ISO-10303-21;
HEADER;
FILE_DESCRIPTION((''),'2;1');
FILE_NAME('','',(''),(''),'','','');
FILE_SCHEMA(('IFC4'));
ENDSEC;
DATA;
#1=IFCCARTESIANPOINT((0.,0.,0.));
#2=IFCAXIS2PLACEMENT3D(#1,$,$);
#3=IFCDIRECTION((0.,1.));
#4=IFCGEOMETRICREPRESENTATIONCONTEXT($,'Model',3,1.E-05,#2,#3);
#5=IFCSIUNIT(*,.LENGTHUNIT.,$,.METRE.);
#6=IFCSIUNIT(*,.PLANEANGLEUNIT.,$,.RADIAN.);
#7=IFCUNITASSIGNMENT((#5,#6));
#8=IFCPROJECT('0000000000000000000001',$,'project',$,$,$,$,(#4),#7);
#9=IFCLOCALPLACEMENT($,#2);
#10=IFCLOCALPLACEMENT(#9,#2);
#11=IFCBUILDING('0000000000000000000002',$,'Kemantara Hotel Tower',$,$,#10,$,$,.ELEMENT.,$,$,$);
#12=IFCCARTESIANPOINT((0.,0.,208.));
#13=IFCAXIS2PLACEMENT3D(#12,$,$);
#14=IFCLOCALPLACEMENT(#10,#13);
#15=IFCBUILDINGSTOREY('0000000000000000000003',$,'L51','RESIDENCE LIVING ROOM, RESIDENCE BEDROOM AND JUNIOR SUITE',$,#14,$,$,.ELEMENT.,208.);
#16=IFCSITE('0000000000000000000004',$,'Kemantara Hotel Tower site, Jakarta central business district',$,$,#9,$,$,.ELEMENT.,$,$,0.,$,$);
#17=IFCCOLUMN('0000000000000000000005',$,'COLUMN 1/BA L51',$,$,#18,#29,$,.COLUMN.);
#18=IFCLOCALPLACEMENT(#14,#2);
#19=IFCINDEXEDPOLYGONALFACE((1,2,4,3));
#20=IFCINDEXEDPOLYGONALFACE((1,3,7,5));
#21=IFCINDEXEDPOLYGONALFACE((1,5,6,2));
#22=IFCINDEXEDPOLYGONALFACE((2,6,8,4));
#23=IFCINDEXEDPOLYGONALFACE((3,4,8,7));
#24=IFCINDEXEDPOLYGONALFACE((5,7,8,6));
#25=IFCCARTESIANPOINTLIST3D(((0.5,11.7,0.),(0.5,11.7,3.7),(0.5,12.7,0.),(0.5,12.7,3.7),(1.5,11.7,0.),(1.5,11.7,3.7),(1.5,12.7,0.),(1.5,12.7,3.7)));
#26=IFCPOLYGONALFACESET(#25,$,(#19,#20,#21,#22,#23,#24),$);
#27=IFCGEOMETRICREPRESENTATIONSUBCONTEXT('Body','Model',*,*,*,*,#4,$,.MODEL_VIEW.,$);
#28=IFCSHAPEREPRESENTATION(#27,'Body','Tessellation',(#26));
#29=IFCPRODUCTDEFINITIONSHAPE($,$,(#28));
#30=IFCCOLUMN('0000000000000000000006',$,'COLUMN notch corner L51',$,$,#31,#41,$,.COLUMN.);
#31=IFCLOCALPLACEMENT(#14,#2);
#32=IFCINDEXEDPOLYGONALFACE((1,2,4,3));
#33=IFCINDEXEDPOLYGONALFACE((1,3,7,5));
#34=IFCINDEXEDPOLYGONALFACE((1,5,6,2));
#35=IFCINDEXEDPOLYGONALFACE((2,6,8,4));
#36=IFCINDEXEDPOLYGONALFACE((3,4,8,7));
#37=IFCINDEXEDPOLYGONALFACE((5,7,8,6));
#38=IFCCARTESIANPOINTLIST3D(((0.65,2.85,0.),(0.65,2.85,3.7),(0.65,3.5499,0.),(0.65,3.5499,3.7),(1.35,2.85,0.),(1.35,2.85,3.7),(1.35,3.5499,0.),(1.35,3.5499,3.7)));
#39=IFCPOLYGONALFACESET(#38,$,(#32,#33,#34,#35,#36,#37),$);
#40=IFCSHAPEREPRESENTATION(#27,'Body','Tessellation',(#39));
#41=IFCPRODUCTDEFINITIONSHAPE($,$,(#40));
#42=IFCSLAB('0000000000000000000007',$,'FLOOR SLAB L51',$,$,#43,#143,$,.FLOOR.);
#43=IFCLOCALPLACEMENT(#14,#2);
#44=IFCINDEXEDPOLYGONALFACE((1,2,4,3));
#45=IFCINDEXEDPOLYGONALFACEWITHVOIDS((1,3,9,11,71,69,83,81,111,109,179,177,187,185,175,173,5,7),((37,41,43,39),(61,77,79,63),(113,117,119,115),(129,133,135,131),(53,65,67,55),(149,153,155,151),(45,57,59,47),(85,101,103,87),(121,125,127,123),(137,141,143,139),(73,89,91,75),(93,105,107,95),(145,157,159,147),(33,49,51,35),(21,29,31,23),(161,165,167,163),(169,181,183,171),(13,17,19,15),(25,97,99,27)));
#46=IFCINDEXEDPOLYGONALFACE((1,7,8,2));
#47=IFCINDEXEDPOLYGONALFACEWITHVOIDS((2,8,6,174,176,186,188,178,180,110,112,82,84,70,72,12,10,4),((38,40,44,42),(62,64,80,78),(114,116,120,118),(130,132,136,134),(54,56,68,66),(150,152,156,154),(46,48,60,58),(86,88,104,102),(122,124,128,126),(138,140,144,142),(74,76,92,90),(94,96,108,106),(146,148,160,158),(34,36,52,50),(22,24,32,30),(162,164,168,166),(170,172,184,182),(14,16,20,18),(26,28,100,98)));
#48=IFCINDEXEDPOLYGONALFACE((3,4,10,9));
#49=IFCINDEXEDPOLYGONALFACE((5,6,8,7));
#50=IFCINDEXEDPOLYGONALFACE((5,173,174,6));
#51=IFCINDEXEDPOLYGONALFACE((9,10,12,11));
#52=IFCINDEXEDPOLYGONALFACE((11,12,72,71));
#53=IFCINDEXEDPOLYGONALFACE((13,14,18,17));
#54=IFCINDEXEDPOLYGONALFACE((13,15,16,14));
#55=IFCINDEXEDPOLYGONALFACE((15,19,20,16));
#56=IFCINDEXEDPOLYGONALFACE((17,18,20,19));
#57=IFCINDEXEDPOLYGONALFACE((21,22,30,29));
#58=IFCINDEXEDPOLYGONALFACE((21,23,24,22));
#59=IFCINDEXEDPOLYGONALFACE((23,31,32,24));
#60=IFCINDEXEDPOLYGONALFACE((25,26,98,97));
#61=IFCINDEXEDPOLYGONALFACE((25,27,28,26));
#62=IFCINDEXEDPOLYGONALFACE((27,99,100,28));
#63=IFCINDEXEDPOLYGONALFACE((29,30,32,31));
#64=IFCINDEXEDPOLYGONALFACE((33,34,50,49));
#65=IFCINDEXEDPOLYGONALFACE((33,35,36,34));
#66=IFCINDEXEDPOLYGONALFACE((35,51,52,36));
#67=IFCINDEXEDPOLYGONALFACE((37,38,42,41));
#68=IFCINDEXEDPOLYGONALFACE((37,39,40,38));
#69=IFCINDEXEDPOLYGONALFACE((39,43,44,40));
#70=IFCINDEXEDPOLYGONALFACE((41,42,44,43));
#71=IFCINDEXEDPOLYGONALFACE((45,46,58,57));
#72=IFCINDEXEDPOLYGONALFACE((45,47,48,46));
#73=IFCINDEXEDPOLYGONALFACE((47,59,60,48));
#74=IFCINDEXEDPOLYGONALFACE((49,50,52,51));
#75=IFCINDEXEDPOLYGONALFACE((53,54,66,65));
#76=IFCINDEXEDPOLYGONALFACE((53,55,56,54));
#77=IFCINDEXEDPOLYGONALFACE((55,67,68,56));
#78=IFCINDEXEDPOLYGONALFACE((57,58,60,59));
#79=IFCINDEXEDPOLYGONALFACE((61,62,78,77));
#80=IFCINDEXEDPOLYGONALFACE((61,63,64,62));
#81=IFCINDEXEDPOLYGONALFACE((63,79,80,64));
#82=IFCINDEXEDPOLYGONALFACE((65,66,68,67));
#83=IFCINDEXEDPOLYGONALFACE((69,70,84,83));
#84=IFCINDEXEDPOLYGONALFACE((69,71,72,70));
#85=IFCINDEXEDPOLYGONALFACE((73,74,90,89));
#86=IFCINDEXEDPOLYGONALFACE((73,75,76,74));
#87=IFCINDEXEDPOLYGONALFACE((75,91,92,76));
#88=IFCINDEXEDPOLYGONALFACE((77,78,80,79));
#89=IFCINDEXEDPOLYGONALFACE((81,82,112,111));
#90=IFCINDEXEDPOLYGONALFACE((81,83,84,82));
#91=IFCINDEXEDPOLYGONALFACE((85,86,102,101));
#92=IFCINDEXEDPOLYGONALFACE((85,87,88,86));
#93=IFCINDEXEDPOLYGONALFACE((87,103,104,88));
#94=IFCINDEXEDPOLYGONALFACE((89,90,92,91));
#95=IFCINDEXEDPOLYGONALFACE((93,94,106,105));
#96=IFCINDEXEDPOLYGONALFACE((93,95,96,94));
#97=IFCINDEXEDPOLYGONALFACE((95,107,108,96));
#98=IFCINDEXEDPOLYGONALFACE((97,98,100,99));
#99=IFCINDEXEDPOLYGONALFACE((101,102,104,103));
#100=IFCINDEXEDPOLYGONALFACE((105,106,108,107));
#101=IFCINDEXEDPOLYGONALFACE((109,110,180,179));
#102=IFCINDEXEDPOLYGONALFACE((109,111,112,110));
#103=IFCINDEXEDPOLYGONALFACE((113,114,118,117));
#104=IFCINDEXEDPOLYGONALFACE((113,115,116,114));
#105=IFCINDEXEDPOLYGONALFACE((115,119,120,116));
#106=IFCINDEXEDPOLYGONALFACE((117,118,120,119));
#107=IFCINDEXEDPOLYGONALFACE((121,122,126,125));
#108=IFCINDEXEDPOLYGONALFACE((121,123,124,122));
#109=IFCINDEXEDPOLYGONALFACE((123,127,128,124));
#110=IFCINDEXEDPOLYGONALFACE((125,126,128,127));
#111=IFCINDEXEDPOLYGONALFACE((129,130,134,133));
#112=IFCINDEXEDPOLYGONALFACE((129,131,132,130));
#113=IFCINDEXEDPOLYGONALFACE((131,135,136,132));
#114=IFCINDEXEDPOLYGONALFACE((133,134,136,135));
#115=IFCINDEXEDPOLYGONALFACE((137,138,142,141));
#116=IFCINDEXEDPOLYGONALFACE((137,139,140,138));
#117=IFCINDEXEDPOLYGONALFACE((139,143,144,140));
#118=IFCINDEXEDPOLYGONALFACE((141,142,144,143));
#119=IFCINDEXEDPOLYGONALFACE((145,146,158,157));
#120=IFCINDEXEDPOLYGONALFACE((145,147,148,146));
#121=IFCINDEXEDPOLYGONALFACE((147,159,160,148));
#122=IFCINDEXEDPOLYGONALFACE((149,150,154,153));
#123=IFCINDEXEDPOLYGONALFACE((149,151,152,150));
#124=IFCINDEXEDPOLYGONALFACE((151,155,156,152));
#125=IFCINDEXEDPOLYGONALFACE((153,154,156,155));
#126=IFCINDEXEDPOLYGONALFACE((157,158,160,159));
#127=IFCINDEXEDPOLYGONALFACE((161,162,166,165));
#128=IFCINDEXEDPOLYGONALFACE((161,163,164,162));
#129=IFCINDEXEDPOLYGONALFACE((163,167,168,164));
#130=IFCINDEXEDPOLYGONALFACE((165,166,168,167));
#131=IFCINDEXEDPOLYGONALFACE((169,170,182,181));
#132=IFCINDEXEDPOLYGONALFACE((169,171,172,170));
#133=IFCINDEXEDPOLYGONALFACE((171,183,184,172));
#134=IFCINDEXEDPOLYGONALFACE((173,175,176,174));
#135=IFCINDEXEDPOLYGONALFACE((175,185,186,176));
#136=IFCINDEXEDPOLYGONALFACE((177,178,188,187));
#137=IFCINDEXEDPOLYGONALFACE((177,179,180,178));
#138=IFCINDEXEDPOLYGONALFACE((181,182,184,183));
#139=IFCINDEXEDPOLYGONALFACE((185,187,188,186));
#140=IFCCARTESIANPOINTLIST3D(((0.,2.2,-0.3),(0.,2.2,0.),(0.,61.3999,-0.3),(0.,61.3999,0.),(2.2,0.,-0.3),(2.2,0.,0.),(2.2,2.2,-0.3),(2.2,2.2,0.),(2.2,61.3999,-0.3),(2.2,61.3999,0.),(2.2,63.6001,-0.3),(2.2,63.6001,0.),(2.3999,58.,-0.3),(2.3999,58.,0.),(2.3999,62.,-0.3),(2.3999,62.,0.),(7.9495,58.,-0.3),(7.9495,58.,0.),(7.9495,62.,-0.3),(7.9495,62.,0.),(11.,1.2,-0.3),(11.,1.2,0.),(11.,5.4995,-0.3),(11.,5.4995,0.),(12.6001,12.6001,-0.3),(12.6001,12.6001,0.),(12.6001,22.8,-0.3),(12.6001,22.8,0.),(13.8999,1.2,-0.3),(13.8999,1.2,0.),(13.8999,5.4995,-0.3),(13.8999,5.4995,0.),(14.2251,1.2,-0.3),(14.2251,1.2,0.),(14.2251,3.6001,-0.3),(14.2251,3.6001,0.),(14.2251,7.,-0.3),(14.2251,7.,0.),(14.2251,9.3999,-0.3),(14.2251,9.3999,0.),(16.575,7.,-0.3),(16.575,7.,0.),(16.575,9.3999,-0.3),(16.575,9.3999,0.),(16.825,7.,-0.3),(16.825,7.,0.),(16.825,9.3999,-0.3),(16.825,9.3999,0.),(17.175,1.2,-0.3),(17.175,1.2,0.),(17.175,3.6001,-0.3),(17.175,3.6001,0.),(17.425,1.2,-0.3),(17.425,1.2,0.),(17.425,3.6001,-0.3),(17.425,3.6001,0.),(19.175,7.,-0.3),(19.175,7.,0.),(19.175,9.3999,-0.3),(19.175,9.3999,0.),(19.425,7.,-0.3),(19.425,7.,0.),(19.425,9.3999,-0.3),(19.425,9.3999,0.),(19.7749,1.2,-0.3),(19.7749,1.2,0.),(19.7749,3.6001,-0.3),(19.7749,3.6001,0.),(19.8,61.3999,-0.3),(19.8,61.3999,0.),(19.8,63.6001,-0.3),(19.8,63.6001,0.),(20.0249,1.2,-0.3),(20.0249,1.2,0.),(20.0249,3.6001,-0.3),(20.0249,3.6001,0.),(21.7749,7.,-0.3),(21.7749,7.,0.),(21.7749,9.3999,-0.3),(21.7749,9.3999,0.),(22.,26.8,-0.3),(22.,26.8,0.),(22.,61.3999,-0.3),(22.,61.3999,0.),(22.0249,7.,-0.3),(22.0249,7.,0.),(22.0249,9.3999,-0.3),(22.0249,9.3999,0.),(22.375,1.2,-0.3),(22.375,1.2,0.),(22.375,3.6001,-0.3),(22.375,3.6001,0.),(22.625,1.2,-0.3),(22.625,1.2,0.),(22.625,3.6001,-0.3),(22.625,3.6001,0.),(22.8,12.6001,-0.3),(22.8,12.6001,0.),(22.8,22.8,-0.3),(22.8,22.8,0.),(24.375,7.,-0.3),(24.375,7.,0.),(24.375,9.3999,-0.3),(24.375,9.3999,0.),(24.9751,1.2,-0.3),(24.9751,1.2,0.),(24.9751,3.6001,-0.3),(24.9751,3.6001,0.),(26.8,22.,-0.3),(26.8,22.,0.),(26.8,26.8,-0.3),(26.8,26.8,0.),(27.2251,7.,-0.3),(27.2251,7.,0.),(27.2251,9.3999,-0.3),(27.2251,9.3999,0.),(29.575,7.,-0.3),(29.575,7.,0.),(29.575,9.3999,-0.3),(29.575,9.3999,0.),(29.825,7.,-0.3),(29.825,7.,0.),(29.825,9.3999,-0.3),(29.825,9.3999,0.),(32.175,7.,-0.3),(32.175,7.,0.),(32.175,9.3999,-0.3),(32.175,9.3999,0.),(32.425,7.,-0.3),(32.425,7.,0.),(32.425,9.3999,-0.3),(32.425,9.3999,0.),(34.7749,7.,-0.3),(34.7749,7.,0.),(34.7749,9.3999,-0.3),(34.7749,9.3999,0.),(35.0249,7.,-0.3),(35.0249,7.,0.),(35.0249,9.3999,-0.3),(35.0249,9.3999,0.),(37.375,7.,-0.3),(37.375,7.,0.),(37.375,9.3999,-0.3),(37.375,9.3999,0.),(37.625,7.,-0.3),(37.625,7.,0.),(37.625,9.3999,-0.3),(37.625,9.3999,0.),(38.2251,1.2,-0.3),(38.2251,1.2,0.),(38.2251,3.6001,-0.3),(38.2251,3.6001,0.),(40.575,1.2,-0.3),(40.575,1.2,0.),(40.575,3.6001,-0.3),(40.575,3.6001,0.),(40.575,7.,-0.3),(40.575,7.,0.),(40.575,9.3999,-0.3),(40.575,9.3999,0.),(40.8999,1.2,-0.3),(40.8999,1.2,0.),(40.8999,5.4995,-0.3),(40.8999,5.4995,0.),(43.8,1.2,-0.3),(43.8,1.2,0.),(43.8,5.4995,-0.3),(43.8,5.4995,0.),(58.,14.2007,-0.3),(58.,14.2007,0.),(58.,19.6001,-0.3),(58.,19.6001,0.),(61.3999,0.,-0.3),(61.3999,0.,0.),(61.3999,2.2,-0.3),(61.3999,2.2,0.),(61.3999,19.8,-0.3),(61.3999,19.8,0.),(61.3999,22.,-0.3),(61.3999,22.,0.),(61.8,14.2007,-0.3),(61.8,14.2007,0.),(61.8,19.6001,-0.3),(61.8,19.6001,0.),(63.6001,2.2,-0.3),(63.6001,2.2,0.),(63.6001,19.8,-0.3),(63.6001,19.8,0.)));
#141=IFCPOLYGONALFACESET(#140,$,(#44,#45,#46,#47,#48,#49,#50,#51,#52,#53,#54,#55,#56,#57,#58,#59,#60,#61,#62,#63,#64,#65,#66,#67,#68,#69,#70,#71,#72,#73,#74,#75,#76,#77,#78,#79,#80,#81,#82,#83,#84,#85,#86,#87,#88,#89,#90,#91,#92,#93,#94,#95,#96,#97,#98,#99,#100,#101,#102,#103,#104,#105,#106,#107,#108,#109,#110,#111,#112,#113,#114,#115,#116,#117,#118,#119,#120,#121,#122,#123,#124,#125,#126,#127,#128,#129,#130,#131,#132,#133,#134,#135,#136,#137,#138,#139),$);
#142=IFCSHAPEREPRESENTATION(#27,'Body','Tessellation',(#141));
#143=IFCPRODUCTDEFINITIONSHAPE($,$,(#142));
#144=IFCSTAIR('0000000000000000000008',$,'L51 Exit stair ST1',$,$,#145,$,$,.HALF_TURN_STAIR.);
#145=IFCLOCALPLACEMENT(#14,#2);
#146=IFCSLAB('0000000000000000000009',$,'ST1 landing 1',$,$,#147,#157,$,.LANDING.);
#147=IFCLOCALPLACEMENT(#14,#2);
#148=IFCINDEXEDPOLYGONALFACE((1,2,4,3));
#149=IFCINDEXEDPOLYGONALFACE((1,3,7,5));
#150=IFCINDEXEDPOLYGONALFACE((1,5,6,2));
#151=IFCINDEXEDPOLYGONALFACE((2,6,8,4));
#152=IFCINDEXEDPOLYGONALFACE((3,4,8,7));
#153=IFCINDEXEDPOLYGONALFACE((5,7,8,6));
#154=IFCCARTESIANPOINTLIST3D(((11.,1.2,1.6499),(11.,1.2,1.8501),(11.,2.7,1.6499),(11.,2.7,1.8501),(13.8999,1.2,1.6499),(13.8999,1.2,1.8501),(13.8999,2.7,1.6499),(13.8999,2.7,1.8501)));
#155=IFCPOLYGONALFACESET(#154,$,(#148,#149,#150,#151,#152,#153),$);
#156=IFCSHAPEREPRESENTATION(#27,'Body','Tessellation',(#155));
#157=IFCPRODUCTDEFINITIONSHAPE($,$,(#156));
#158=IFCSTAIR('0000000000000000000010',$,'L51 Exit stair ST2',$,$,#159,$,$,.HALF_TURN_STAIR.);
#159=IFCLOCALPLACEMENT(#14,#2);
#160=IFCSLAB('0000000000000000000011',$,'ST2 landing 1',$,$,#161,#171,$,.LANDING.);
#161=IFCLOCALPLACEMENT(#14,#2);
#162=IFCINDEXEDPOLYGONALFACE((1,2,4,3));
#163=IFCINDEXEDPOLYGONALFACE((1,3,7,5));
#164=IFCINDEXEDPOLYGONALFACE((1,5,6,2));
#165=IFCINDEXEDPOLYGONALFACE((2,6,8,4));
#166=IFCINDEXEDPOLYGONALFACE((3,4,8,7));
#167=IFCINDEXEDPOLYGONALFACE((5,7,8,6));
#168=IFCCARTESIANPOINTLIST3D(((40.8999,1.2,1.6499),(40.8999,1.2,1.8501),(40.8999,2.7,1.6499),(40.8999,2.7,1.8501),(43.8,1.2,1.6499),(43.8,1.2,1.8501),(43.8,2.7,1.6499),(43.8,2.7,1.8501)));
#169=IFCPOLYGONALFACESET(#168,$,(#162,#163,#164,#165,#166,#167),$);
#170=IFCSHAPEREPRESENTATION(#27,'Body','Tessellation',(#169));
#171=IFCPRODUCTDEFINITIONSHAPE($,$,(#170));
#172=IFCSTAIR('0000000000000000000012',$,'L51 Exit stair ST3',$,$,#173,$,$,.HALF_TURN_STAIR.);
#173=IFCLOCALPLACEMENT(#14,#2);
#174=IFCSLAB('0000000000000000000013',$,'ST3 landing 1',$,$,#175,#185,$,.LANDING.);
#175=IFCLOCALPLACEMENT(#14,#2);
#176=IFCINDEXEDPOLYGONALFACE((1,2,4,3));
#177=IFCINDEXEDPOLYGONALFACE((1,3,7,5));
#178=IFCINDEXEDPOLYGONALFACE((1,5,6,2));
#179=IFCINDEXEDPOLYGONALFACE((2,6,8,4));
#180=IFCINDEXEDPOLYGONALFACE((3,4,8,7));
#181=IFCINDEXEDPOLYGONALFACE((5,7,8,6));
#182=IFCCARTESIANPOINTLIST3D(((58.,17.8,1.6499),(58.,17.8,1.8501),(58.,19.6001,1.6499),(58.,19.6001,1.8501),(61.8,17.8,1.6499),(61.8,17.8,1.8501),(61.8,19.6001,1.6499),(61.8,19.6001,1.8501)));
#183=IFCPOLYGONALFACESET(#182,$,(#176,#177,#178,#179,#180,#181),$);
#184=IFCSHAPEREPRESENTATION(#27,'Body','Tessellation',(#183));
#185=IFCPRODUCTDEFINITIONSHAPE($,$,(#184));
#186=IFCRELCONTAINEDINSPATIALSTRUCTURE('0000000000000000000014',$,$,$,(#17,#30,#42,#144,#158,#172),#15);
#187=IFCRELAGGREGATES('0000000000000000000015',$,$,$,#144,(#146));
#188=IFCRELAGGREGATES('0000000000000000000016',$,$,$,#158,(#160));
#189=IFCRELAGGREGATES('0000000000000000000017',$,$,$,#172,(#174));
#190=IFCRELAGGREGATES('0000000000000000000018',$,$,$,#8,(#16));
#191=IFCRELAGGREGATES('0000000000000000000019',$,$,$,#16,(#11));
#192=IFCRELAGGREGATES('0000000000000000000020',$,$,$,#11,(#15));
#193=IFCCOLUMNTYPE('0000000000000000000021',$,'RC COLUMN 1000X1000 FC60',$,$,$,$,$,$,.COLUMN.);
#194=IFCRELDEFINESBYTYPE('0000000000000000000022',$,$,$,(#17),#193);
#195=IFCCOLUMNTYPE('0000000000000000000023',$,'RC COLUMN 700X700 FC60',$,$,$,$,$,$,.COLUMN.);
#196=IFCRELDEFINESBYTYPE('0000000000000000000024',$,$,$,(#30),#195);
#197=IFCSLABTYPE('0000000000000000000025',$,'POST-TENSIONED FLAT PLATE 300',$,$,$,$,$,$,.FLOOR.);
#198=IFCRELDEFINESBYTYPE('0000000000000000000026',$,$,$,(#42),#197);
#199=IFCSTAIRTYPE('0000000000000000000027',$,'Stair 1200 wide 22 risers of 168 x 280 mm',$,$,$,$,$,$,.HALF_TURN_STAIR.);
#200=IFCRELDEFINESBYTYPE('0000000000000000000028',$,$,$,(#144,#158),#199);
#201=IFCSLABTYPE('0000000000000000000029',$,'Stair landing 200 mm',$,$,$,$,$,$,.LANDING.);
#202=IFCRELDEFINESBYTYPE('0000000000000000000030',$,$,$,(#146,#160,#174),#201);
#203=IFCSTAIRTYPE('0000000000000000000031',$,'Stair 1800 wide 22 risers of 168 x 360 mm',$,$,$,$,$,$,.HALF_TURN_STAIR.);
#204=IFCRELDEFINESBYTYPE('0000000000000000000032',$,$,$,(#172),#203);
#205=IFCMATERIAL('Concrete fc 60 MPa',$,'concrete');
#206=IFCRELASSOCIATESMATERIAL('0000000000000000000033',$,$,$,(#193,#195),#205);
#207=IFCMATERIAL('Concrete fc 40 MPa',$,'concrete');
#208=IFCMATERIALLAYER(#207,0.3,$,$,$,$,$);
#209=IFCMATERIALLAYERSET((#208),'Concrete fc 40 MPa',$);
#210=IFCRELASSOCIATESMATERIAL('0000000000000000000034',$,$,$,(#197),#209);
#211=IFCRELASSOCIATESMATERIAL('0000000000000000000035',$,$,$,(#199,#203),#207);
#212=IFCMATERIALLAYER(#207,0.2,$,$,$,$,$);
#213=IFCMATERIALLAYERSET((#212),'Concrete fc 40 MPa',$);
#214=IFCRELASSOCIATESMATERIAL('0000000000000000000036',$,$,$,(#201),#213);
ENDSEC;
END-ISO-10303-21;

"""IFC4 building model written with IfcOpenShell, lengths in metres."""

from ifc_helpers import new_model, si_unit, direction, frame, origin, origin_2d, place, context, subcontext, project, spatial, polyline, rectangle, outline, extrude, material, layer, layer_set, material_profile, profile_set, type_object, element, aggregate, save


model = new_model("IFC4")

# Units and contexts
model_context = context("Model", 3, precision=1e-05, world=origin(), true_north=direction((0.0, 1.0)))
body_context = subcontext(model_context, "Body", "Model", "MODEL_VIEW")
ifc_project = project(units=[si_unit("LENGTHUNIT", "METRE"), si_unit("PLANEANGLEUNIT", "RADIAN")], contexts=[model_context])

# Site, building, storey
site_placement = place(None, origin())
site = spatial("IfcSite", under=ifc_project, at=site_placement, Name="Kemantara Hotel Tower site, Jakarta central business district", CompositionType="ELEMENT", RefElevation=0.0)
building_placement = place(site_placement, origin())
building = spatial("IfcBuilding", under=site, at=building_placement, Name="Kemantara Hotel Tower", CompositionType="ELEMENT")
storey_placement = place(building_placement, frame((0.0, 0.0, 208.0)))
storey = spatial("IfcBuildingStorey", under=building, at=storey_placement, Name="L51", Description="RESIDENCE LIVING ROOM, RESIDENCE BEDROOM AND JUNIOR SUITE", CompositionType="ELEMENT", Elevation=208.0)

# Columns
ifc_material_1 = material(Name="Concrete fc 60 MPa", Category="concrete")
ifc_material_profile_1 = material_profile(ifc_material_1, rectangle(XDim=1.0, YDim=1.0, at=origin_2d()), Name="RC 1000X1000")
ifc_profile_set_1 = profile_set([ifc_material_profile_1], Name="Concrete fc 60 MPa")
column_type_1 = type_object("IfcColumnType", Name="RC COLUMN 1000X1000 FC60", PredefinedType="COLUMN", material=ifc_profile_set_1)
column_1_placement = place(storey_placement, frame((1.0, 12.2, 0.0), z_axis=(0.0, 0.0, 1.0), x_axis=(1.0, 0.0, 0.0)))
element("IfcColumn", 1, at=column_1_placement, inside=storey, type_object=column_type_1, Name="COLUMN 1/BA L51", PredefinedType="COLUMN", context=body_context, shape_type="SweptSolid", body=[
    extrude(rectangle(XDim=1.0, YDim=1.0, at=origin_2d()), origin(), (0.0, 0.0, 1.0), 3.7),
])
ifc_material_profile_2 = material_profile(ifc_material_1, rectangle(XDim=0.7, YDim=0.7, at=origin_2d()), Name="RC 700X700")
ifc_profile_set_2 = profile_set([ifc_material_profile_2], Name="Concrete fc 60 MPa")
column_type_2 = type_object("IfcColumnType", Name="RC COLUMN 700X700 FC60", PredefinedType="COLUMN", material=ifc_profile_set_2)
column_2_placement = place(storey_placement, frame((1.0, 3.2, 0.0), z_axis=(0.0, 0.0, 1.0), x_axis=(1.0, 0.0, 0.0)))
element("IfcColumn", 2, at=column_2_placement, inside=storey, type_object=column_type_2, Name="COLUMN notch corner L51", PredefinedType="COLUMN", context=body_context, shape_type="SweptSolid", body=[
    extrude(rectangle(XDim=0.7, YDim=0.7, at=origin_2d()), origin(), (0.0, 0.0, 1.0), 3.7),
])

# Slab
ifc_material_2 = material(Name="Concrete fc 40 MPa", Category="concrete")
ifc_layer_1 = layer(ifc_material_2, 0.3)
ifc_layer_set_1 = layer_set([ifc_layer_1], Name="Concrete fc 40 MPa")
slab_type_1 = type_object("IfcSlabType", Name="POST-TENSIONED FLAT PLATE 300", PredefinedType="FLOOR", material=ifc_layer_set_1)
slab_1_placement = place(storey_placement, frame((0.0, 0.0, -0.3)))
element("IfcSlab", 3, at=slab_1_placement, inside=storey, type_object=slab_type_1, Name="FLOOR SLAB L51", PredefinedType="FLOOR", context=body_context, shape_type="SweptSolid", body=[
    extrude(outline(polyline([(22.0, 26.8), (22.0, 61.3999), (19.8, 61.3999), (19.8, 63.6001), (2.2, 63.6001), (2.2, 61.3999), (0.0, 61.3999), (0.0, 2.2), (2.2, 2.2), (2.2, 0.0), (61.3999, 0.0), (61.3999, 2.2), (63.6001, 2.2), (63.6001, 19.8), (61.3999, 19.8), (61.3999, 22.0), (26.8, 22.0), (26.8, 26.8), (22.0, 26.8)]), holes=[polyline([(17.175, 1.2), (14.2251, 1.2), (14.2251, 3.6001), (17.175, 3.6001), (17.175, 1.2)]), polyline([(19.7749, 1.2), (17.425, 1.2), (17.425, 3.6001), (19.7749, 3.6001), (19.7749, 1.2)]), polyline([(22.375, 1.2), (20.0249, 1.2), (20.0249, 3.6001), (22.375, 3.6001), (22.375, 1.2)]), polyline([(11.0, 1.2), (11.0, 5.4995), (13.8999, 5.4995), (13.8999, 1.2), (11.0, 1.2)]), polyline([(16.575, 7.0), (14.2251, 7.0), (14.2251, 9.3999), (16.575, 9.3999), (16.575, 7.0)]), polyline([(19.175, 7.0), (16.825, 7.0), (16.825, 9.3999), (19.175, 9.3999), (19.175, 7.0)]), polyline([(21.7749, 7.0), (19.425, 7.0), (19.425, 9.3999), (21.7749, 9.3999), (21.7749, 7.0)]), polyline([(22.0249, 7.0), (22.0249, 9.3999), (24.375, 9.3999), (24.375, 7.0), (22.0249, 7.0)]), polyline([(12.6001, 12.6001), (12.6001, 22.8), (22.8, 22.8), (22.8, 12.6001), (12.6001, 12.6001)]), polyline([(2.3999, 62.0), (7.9495, 62.0), (7.9495, 58.0), (2.3999, 58.0), (2.3999, 62.0)]), polyline([(24.9751, 1.2), (22.625, 1.2), (22.625, 3.6001), (24.9751, 3.6001), (24.9751, 1.2)]), polyline([(40.575, 1.2), (38.2251, 1.2), (38.2251, 3.6001), (40.575, 3.6001), (40.575, 1.2)]), polyline([(40.8999, 5.4995), (43.8, 5.4995), (43.8, 1.2), (40.8999, 1.2), (40.8999, 5.4995)]), polyline([(27.2251, 7.0), (27.2251, 9.3999), (29.575, 9.3999), (29.575, 7.0), (27.2251, 7.0)]), polyline([(32.175, 7.0), (29.825, 7.0), (29.825, 9.3999), (32.175, 9.3999), (32.175, 7.0)]), polyline([(34.7749, 7.0), (32.425, 7.0), (32.425, 9.3999), (34.7749, 9.3999), (34.7749, 7.0)]), polyline([(37.375, 7.0), (35.0249, 7.0), (35.0249, 9.3999), (37.375, 9.3999), (37.375, 7.0)]), polyline([(37.625, 7.0), (37.625, 9.3999), (40.575, 9.3999), (40.575, 7.0), (37.625, 7.0)]), polyline([(61.8, 14.2007), (58.0, 14.2007), (58.0, 19.6001), (61.8, 19.6001), (61.8, 14.2007)])]), origin(), (0.0, 0.0, 1.0), 0.3),
])

# Stairs, slabs
stair_type_1 = type_object("IfcStairType", Name="Stair 1200 wide 22 risers of 168 x 280 mm", PredefinedType="HALF_TURN_STAIR", material=ifc_material_2)
stair_1_placement = place(storey_placement, origin())
stair_1 = element("IfcStair", 4, at=stair_1_placement, inside=storey, type_object=stair_type_1, Name="L51 Exit stair ST1", PredefinedType="HALF_TURN_STAIR")
ifc_layer_2 = layer(ifc_material_2, 0.2)
ifc_layer_set_2 = layer_set([ifc_layer_2], Name="Concrete fc 40 MPa")
slab_type_2 = type_object("IfcSlabType", Name="Stair landing 200 mm", PredefinedType="LANDING", material=ifc_layer_set_2)
slab_2_placement = place(storey_placement, frame((0.0, 0.0, 1.6499)))
slab_2 = element("IfcSlab", 5, at=slab_2_placement, type_object=slab_type_2, Name="ST1 landing 1", PredefinedType="LANDING", context=body_context, shape_type="SweptSolid", body=[
    extrude(outline(polyline([(11.0, 2.7), (11.0, 1.2), (13.8999, 1.2), (13.8999, 2.7), (11.0, 2.7)])), origin(), (0.0, 0.0, 1.0), 0.2002),
])
aggregate(stair_1, [slab_2])
stair_2_placement = place(storey_placement, origin())
stair_2 = element("IfcStair", 6, at=stair_2_placement, inside=storey, type_object=stair_type_1, Name="L51 Exit stair ST2", PredefinedType="HALF_TURN_STAIR")
slab_3_placement = place(storey_placement, frame((0.0, 0.0, 1.6499)))
slab_3 = element("IfcSlab", 7, at=slab_3_placement, type_object=slab_type_2, Name="ST2 landing 1", PredefinedType="LANDING", context=body_context, shape_type="SweptSolid", body=[
    extrude(outline(polyline([(40.8999, 2.7), (40.8999, 1.2), (43.8, 1.2), (43.8, 2.7), (40.8999, 2.7)])), origin(), (0.0, 0.0, 1.0), 0.2002),
])
aggregate(stair_2, [slab_3])
stair_type_2 = type_object("IfcStairType", Name="Stair 1800 wide 22 risers of 168 x 360 mm", PredefinedType="HALF_TURN_STAIR", material=ifc_material_2)
stair_3_placement = place(storey_placement, origin())
stair_3 = element("IfcStair", 8, at=stair_3_placement, inside=storey, type_object=stair_type_2, Name="L51 Exit stair ST3", PredefinedType="HALF_TURN_STAIR")
slab_4_placement = place(storey_placement, frame((0.0, 0.0, 1.6499)))
slab_4 = element("IfcSlab", 9, at=slab_4_placement, type_object=slab_type_2, Name="ST3 landing 1", PredefinedType="LANDING", context=body_context, shape_type="SweptSolid", body=[
    extrude(outline(polyline([(61.8, 17.8), (61.8, 19.6001), (58.0, 19.6001), (58.0, 17.8), (61.8, 17.8)])), origin(), (0.0, 0.0, 1.0), 0.2002),
])
aggregate(stair_3, [slab_4])

save(model, "model.ifc")
